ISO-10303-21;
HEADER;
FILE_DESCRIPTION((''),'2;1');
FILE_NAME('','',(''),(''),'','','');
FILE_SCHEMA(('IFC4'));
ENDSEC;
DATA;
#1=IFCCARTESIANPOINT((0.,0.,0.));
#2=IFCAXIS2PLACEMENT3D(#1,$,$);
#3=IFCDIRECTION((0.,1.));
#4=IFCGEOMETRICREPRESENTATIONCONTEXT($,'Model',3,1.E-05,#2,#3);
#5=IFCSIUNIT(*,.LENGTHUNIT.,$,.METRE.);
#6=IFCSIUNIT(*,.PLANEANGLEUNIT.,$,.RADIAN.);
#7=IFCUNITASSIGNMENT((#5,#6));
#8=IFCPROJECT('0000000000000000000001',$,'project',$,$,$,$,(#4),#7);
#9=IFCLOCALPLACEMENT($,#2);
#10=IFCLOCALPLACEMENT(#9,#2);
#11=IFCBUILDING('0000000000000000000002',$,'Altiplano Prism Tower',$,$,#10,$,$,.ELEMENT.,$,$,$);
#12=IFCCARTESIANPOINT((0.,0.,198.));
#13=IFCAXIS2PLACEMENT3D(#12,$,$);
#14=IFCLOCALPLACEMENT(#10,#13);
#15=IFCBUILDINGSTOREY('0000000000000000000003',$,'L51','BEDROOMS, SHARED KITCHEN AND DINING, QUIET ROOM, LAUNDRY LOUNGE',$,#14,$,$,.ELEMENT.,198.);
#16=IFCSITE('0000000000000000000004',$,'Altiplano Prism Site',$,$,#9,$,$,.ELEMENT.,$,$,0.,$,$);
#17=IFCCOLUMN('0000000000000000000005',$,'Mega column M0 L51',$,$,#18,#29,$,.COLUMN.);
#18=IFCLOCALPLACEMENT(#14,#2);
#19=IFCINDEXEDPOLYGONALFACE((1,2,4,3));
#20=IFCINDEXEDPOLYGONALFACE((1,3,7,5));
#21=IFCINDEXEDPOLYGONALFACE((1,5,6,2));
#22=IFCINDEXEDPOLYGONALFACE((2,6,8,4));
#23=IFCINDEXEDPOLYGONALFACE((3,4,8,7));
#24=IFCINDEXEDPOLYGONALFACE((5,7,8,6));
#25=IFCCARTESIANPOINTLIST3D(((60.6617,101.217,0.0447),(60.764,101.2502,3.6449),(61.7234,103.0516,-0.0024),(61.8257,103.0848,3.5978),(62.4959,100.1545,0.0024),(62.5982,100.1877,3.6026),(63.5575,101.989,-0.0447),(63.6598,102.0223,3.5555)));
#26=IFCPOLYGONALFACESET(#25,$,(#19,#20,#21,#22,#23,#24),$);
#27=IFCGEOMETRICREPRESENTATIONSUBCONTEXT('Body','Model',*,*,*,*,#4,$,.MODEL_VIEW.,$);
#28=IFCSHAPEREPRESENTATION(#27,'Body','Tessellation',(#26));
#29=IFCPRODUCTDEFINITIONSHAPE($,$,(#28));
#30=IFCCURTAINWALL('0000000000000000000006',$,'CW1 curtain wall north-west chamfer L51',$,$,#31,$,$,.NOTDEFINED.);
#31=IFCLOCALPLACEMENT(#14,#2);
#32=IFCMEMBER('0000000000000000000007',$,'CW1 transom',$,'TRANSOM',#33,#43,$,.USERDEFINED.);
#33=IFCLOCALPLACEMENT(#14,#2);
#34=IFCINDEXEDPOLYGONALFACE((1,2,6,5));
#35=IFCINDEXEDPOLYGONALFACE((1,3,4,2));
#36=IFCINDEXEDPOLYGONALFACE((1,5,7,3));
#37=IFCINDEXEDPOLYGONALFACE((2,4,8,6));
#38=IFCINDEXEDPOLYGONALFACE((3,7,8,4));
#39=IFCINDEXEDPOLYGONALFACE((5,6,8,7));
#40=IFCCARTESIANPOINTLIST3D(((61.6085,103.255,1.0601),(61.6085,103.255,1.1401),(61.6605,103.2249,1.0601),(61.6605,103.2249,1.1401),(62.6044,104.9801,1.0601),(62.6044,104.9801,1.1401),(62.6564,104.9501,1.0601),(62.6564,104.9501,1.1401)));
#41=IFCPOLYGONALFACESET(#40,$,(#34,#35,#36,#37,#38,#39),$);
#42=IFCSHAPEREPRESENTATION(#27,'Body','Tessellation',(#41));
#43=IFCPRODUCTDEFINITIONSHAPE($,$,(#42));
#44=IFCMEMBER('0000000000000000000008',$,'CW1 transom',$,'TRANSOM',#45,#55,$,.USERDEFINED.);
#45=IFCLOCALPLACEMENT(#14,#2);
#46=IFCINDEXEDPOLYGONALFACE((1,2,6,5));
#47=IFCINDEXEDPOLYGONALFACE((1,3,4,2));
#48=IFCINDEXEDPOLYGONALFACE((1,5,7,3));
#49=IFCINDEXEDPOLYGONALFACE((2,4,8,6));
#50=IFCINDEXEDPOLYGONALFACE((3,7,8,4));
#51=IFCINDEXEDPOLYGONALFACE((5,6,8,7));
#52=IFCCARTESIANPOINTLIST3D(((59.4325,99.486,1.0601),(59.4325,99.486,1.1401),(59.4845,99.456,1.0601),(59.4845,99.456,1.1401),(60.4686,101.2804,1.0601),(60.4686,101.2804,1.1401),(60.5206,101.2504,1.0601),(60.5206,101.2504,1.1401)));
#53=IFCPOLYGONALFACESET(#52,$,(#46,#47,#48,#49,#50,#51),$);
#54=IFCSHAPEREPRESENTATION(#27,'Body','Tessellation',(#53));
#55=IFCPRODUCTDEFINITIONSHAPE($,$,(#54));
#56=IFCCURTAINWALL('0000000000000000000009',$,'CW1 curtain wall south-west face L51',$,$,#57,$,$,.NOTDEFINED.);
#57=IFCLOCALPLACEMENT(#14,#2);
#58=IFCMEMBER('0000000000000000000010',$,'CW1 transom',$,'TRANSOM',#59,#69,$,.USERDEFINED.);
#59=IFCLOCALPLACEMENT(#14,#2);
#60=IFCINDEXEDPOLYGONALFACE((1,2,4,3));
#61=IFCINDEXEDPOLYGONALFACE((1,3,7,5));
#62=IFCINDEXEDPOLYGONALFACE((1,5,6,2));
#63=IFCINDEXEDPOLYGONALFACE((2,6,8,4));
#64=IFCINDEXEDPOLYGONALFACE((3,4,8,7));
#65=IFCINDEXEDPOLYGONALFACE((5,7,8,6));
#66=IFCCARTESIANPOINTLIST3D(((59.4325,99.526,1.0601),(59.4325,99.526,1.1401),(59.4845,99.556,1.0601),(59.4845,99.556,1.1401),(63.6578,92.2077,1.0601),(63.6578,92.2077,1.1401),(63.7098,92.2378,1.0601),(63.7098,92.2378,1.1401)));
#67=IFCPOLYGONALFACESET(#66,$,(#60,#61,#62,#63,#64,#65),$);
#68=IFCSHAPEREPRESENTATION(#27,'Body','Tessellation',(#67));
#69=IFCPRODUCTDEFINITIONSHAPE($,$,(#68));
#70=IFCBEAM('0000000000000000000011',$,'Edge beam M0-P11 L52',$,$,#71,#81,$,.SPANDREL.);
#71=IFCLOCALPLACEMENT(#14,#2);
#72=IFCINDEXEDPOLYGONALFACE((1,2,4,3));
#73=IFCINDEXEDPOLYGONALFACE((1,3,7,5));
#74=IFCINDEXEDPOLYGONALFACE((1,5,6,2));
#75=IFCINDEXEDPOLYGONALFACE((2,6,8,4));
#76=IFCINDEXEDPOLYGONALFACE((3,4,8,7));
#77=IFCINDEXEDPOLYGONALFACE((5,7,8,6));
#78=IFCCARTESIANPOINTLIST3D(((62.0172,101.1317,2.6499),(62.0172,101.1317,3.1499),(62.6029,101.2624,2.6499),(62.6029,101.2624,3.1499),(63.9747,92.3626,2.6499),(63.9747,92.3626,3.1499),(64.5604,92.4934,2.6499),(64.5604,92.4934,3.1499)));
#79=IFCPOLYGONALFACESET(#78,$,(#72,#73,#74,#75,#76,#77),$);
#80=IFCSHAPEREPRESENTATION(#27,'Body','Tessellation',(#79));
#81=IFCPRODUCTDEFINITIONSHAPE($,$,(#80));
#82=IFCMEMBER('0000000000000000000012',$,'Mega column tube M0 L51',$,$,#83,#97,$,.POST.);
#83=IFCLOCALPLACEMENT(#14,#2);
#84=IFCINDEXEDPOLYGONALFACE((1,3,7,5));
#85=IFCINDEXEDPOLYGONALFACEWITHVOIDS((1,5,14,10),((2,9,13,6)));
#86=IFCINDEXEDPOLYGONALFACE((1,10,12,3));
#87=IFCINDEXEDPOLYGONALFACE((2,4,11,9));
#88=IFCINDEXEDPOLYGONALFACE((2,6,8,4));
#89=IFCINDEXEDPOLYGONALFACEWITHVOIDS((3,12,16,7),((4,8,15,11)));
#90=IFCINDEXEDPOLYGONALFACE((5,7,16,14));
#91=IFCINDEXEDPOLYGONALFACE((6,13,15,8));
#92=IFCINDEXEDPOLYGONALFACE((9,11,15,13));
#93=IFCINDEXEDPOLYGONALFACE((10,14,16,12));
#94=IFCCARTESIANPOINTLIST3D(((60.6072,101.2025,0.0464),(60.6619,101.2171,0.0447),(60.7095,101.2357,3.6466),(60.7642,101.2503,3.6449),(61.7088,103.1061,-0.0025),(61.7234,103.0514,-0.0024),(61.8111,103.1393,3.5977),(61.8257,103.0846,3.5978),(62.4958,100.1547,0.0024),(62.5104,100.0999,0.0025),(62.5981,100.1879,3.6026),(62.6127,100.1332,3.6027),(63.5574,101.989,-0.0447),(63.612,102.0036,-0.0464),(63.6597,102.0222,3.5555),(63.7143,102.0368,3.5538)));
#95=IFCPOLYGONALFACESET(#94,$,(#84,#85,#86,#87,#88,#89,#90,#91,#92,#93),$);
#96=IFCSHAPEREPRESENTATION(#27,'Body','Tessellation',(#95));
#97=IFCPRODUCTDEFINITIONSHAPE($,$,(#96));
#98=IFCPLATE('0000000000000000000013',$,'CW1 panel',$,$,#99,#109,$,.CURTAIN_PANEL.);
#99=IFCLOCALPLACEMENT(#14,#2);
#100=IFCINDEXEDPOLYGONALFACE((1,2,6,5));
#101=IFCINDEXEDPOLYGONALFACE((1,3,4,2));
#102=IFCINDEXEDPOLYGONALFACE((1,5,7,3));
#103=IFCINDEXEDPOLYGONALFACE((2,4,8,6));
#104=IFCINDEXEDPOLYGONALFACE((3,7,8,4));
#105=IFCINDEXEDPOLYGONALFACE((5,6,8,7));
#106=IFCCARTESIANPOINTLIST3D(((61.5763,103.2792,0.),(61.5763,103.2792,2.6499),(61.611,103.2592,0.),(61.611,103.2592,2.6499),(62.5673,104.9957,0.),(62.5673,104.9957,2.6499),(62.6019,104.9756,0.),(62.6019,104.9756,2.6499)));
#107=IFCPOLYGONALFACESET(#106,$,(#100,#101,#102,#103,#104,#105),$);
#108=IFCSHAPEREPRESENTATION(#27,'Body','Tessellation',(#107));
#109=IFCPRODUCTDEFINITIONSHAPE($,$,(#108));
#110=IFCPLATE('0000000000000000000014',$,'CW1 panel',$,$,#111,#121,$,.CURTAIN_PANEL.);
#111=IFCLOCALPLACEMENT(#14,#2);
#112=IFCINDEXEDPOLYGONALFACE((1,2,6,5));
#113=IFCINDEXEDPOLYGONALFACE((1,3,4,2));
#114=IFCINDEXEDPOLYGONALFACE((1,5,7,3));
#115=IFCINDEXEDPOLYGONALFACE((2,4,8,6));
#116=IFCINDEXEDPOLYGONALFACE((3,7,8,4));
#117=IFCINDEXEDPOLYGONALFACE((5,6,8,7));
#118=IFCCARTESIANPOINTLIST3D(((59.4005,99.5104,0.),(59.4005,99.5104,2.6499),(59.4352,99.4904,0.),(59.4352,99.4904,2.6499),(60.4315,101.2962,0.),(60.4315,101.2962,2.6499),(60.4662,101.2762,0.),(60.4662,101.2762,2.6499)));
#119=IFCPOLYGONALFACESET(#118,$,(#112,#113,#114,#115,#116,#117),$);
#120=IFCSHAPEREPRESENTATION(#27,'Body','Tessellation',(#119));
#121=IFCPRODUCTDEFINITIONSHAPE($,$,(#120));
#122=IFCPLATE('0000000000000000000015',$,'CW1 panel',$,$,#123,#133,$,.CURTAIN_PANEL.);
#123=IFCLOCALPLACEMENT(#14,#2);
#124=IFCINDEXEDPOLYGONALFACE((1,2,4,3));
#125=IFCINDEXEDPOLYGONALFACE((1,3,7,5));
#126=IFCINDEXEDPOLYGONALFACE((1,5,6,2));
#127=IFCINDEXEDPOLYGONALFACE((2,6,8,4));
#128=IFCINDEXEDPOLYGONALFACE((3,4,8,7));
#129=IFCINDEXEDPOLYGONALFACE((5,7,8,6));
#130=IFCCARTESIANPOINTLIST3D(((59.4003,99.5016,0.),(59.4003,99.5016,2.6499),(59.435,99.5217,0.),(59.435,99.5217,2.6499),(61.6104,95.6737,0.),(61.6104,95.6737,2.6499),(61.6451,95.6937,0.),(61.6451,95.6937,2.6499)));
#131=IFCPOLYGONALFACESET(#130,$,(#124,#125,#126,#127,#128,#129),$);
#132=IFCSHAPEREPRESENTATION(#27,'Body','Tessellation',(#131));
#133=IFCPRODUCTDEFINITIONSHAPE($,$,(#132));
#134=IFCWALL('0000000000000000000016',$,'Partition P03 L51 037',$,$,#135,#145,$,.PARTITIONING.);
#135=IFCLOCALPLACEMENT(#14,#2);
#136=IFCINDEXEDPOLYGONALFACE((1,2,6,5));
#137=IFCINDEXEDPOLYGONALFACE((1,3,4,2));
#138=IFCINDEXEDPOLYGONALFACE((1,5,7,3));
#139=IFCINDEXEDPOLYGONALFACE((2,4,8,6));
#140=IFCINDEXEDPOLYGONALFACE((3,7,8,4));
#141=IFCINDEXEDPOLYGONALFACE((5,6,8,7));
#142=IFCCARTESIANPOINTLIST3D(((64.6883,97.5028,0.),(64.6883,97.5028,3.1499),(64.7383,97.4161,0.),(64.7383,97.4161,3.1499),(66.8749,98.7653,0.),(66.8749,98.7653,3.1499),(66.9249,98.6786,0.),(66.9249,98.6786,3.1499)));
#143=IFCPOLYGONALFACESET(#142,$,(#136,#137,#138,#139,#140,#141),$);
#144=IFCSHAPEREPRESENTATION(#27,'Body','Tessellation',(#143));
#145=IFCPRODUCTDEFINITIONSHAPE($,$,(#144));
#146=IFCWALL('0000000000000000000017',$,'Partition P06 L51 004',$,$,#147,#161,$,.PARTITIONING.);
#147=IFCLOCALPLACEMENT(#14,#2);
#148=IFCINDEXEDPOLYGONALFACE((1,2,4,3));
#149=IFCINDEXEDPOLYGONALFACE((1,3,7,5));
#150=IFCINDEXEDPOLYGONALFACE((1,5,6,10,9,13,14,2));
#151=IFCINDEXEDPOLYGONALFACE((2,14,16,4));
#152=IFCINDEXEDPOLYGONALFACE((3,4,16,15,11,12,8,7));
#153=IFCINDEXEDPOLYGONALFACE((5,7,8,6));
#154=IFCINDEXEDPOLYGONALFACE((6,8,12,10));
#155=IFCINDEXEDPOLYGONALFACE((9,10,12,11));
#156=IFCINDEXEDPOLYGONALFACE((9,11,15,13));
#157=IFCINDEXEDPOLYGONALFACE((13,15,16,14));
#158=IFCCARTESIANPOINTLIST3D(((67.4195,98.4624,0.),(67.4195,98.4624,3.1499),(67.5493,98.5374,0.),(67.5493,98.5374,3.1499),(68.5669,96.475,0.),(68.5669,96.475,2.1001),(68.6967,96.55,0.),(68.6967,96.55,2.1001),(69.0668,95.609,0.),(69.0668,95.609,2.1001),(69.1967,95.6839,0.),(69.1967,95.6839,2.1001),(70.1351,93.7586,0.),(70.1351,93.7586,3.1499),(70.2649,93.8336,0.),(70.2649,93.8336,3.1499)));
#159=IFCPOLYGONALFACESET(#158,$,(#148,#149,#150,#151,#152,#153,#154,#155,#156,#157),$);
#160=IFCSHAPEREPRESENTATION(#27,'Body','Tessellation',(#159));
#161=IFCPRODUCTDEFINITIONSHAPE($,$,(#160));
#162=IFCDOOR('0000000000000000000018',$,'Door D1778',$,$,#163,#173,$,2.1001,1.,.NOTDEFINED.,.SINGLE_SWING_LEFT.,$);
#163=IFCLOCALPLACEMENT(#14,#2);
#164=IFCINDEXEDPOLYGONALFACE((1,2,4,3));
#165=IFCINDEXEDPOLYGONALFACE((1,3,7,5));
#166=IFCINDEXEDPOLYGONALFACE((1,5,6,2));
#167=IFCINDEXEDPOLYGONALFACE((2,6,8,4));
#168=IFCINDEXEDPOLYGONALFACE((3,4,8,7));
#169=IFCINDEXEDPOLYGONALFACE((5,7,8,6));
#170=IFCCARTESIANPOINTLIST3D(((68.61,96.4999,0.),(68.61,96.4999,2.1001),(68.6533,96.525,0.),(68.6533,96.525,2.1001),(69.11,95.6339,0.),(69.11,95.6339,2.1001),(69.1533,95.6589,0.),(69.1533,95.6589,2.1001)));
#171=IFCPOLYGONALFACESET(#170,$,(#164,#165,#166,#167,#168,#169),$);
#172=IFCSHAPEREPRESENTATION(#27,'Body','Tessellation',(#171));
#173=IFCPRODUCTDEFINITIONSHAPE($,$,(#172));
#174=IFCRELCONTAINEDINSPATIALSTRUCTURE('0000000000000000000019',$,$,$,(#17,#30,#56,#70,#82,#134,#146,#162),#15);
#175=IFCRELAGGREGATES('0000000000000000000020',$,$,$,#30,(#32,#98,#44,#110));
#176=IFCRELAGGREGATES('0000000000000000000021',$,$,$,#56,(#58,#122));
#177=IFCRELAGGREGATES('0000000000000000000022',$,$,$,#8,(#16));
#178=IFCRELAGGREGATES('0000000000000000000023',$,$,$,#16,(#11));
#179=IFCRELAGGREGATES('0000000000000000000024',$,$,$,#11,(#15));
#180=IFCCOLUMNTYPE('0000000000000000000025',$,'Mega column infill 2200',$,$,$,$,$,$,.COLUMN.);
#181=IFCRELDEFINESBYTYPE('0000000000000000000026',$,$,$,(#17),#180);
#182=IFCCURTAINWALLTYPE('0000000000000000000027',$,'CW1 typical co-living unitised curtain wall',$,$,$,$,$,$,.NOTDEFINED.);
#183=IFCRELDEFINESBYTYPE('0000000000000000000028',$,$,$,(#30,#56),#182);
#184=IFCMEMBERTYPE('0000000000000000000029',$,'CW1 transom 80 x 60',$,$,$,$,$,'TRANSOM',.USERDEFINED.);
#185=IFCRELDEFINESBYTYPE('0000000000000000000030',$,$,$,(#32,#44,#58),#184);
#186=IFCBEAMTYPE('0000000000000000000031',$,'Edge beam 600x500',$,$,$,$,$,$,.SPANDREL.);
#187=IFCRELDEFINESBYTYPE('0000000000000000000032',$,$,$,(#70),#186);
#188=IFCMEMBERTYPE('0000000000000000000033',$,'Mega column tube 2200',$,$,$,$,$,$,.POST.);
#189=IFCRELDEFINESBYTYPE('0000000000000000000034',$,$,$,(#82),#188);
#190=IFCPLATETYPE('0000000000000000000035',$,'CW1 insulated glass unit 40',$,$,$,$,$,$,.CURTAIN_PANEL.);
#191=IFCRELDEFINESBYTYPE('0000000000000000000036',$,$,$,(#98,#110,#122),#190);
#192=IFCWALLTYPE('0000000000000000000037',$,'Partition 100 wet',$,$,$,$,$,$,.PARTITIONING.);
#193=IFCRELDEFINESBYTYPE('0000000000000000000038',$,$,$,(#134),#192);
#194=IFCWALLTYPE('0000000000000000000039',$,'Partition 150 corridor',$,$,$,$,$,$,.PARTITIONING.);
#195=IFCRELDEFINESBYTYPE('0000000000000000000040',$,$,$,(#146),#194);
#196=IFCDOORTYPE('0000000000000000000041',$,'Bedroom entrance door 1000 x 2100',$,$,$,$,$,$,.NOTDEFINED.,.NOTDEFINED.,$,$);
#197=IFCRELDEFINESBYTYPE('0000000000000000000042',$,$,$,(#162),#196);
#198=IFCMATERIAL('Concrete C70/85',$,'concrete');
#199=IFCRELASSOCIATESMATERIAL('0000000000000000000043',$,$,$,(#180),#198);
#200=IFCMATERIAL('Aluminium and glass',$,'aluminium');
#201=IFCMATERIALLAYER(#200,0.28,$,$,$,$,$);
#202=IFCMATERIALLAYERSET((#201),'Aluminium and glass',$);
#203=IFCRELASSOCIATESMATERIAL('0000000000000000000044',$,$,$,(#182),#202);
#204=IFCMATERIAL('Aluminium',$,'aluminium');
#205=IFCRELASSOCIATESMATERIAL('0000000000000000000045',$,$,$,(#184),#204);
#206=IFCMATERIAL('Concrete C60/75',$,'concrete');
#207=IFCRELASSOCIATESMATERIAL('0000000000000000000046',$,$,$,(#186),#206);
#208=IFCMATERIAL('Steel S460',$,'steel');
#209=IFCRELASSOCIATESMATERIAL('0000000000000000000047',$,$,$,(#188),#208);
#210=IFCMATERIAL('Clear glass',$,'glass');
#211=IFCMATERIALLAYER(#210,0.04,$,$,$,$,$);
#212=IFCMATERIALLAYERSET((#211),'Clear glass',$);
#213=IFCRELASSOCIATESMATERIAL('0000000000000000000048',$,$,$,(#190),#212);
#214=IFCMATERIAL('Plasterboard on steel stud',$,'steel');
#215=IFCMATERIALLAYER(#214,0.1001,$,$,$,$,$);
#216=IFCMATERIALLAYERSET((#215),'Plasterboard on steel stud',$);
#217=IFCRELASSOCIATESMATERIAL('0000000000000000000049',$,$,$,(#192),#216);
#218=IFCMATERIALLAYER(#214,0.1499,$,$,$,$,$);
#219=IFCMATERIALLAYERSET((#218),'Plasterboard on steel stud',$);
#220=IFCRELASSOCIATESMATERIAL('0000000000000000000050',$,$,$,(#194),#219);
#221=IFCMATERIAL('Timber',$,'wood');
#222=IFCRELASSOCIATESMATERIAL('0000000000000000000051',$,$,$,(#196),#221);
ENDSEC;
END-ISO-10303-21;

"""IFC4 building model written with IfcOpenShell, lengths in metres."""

from ifc_helpers import new_model, si_unit, direction, frame, frame_2d, origin, origin_2d, place, context, subcontext, project, spatial, rectangle, hollow_rectangle, extrude, material, layer, layer_set, material_profile, profile_set, type_object, element, fill, aggregate, save


model = new_model("IFC4")

# Units and contexts
model_context = context("Model", 3, precision=1e-05, world=origin(), true_north=direction((0.0, 1.0)))
body_context = subcontext(model_context, "Body", "Model", "MODEL_VIEW")
ifc_project = project(units=[si_unit("LENGTHUNIT", "METRE"), si_unit("PLANEANGLEUNIT", "RADIAN")], contexts=[model_context])

# Site, building, storey
site_placement = place(None, origin())
site = spatial("IfcSite", under=ifc_project, at=site_placement, Name="Altiplano Prism Site", CompositionType="ELEMENT", RefElevation=0.0)
building_placement = place(site_placement, origin())
building = spatial("IfcBuilding", under=site, at=building_placement, Name="Altiplano Prism Tower", CompositionType="ELEMENT")
storey_placement = place(building_placement, frame((0.0, 0.0, 198.0)))
storey = spatial("IfcBuildingStorey", under=building, at=storey_placement, Name="L51", Description="BEDROOMS, SHARED KITCHEN AND DINING, QUIET ROOM, LAUNDRY LOUNGE", CompositionType="ELEMENT", Elevation=198.0)

# Column
ifc_material_1 = material(Name="Concrete C70/85", Category="concrete")
ifc_material_profile_1 = material_profile(ifc_material_1, rectangle(XDim=2.1201, YDim=2.1201, at=origin_2d()), Name="Mega column infill 2200")
ifc_profile_set_1 = profile_set([ifc_material_profile_1], Name="Concrete C70/85")
column_type = type_object("IfcColumnType", Name="Mega column infill 2200", PredefinedType="COLUMN", material=ifc_profile_set_1)
column_placement = place(storey_placement, frame((62.1096, 101.603, 0.0), z_axis=(0.028402, 0.009219, 0.999554), x_axis=(-0.865126, 0.501157, 0.01996)))
element("IfcColumn", 1, at=column_placement, inside=storey, type_object=column_type, Name="Mega column M0 L51", PredefinedType="COLUMN", context=body_context, shape_type="SweptSolid", body=[
    extrude(rectangle(XDim=2.1201, YDim=2.1201, at=origin_2d()), origin(), (0.0, 0.0, 1.0), 3.6018),
])

# Curtain wall, members
ifc_material_2 = material(Name="Aluminium and glass", Category="aluminium")
ifc_layer_1 = layer(ifc_material_2, 0.28)
ifc_layer_set_1 = layer_set([ifc_layer_1], Name="Aluminium and glass")
curtain_wall_type = type_object("IfcCurtainWallType", Name="CW1 typical co-living unitised curtain wall", PredefinedType="NOTDEFINED", material=ifc_layer_set_1)
curtain_wall_1_placement = place(storey_placement, origin())
curtain_wall_1 = element("IfcCurtainWall", 2, at=curtain_wall_1_placement, inside=storey, type_object=curtain_wall_type, Name="CW1 curtain wall north-west chamfer L51", PredefinedType="NOTDEFINED")
ifc_material_3 = material(Name="Aluminium", Category="aluminium")
ifc_material_profile_2 = material_profile(ifc_material_3, rectangle(XDim=0.0601, YDim=0.0801, at=origin_2d()), Name="CW1 transom 80 x 60")
ifc_profile_set_2 = profile_set([ifc_material_profile_2], Name="Aluminium")
member_type_1 = type_object("IfcMemberType", Name="CW1 transom 80 x 60", ElementType="TRANSOM", PredefinedType="USERDEFINED", material=ifc_profile_set_2)
member_1_placement = place(storey_placement, frame((62.6304, 104.9651, 1.1001), z_axis=(-0.499949, -0.866055, 0.0), x_axis=(0.866055, -0.499949, 0.0)))
member_1 = element("IfcMember", 3, at=member_1_placement, type_object=member_type_1, Name="CW1 transom", ObjectType="TRANSOM", PredefinedType="USERDEFINED", context=body_context, shape_type="SweptSolid", body=[
    extrude(rectangle(XDim=0.0601, YDim=0.0801, at=origin_2d()), origin(), (0.0, 0.0, 1.0), 1.9919),
])
member_2_placement = place(storey_placement, frame((60.4946, 101.2654, 1.1001), z_axis=(-0.500042, -0.866001, 0.0), x_axis=(0.866001, -0.500042, 0.0)))
member_2 = element("IfcMember", 4, at=member_2_placement, type_object=member_type_1, Name="CW1 transom", ObjectType="TRANSOM", PredefinedType="USERDEFINED", context=body_context, shape_type="SweptSolid", body=[
    extrude(rectangle(XDim=0.0601, YDim=0.0801, at=origin_2d()), origin(), (0.0, 0.0, 1.0), 2.072),
])

# Curtain wall, member
curtain_wall_2_placement = place(storey_placement, origin())
curtain_wall_2 = element("IfcCurtainWall", 5, at=curtain_wall_2_placement, inside=storey, type_object=curtain_wall_type, Name="CW1 curtain wall south-west face L51", PredefinedType="NOTDEFINED")
member_3_placement = place(storey_placement, frame((59.4585, 99.541, 1.1001), z_axis=(0.500008, -0.866021, 0.0), x_axis=(0.866021, 0.500008, 0.0)))
member_3 = element("IfcMember", 6, at=member_3_placement, type_object=member_type_1, Name="CW1 transom", ObjectType="TRANSOM", PredefinedType="USERDEFINED", context=body_context, shape_type="SweptSolid", body=[
    extrude(rectangle(XDim=0.0601, YDim=0.0801, at=origin_2d()), origin(), (0.0, 0.0, 1.0), 8.4504),
])

# Beam
ifc_material_4 = material(Name="Concrete C60/75", Category="concrete")
ifc_material_profile_3 = material_profile(ifc_material_4, rectangle(XDim=0.6001, YDim=0.5, at=origin_2d()), Name="Edge beam 600x500")
ifc_profile_set_3 = profile_set([ifc_material_profile_3], Name="Concrete C60/75")
beam_type = type_object("IfcBeamType", Name="Edge beam 600x500", PredefinedType="SPANDREL", material=ifc_profile_set_3)
beam_placement = place(storey_placement, frame((62.3101, 101.197, 2.8999), z_axis=(0.217868, -0.975978, 0.0), x_axis=(0.975978, 0.217868, 0.0)))
element("IfcBeam", 7, at=beam_placement, inside=storey, type_object=beam_type, Name="Edge beam M0-P11 L52", PredefinedType="SPANDREL", context=body_context, shape_type="SweptSolid", body=[
    extrude(rectangle(XDim=0.6001, YDim=0.5, at=origin_2d()), origin(), (0.0, 0.0, 1.0), 8.9849),
])

# Member
ifc_material_5 = material(Name="Steel S460", Category="steel")
ifc_material_profile_4 = material_profile(ifc_material_5, hollow_rectangle(XDim=2.2, YDim=2.2, WallThickness=0.04, at=origin_2d()), Name="Mega column tube 2200")
ifc_profile_set_4 = profile_set([ifc_material_profile_4], Name="Steel S460")
member_type_2 = type_object("IfcMemberType", Name="Mega column tube 2200", PredefinedType="POST", material=ifc_profile_set_4)
member_4_placement = place(storey_placement, frame((62.1096, 101.603, 0.0), z_axis=(0.028402, 0.009219, 0.999554), x_axis=(-0.865126, 0.501157, 0.01996)))
element("IfcMember", 8, at=member_4_placement, inside=storey, type_object=member_type_2, Name="Mega column tube M0 L51", PredefinedType="POST", context=body_context, shape_type="SweptSolid", body=[
    extrude(hollow_rectangle(XDim=2.2, YDim=2.2, WallThickness=0.04, at=origin_2d()), origin(), (0.0, 0.0, 1.0), 3.6018),
])

# Plates
ifc_material_6 = material(Name="Clear glass", Category="glass")
ifc_layer_2 = layer(ifc_material_6, 0.04)
ifc_layer_set_2 = layer_set([ifc_layer_2], Name="Clear glass")
plate_type = type_object("IfcPlateType", Name="CW1 insulated glass unit 40", PredefinedType="CURTAIN_PANEL", material=ifc_layer_set_2)
plate_1_placement = place(storey_placement, frame((62.0891, 104.1274, 0.0), z_axis=(0.0, 0.0, 1.0), x_axis=(-0.5, -0.866025, 0.0)))
plate_1 = element("IfcPlate", 9, at=plate_1_placement, type_object=plate_type, Name="CW1 panel", PredefinedType="CURTAIN_PANEL", context=body_context, shape_type="SweptSolid", body=[
    extrude(rectangle(XDim=1.9819, YDim=0.04, at=origin_2d()), origin(), (0.0, 0.0, 1.0), 2.6499),
])
plate_2_placement = place(storey_placement, frame((59.9333, 100.3933, 0.0), z_axis=(0.0, 0.0, 1.0), x_axis=(-0.5, -0.866025, 0.0)))
plate_2 = element("IfcPlate", 10, at=plate_2_placement, type_object=plate_type, Name="CW1 panel", PredefinedType="CURTAIN_PANEL", context=body_context, shape_type="SweptSolid", body=[
    extrude(rectangle(XDim=2.062, YDim=0.04, at=origin_2d()), origin(), (0.0, 0.0, 1.0), 2.6499),
])
aggregate(curtain_wall_1, [member_1, plate_1, member_2, plate_2])
plate_3_placement = place(storey_placement, frame((60.5227, 97.5977, 0.0), z_axis=(0.0, 0.0, 1.0), x_axis=(0.5, -0.866025, 0.0)))
plate_3 = element("IfcPlate", 11, at=plate_3_placement, type_object=plate_type, Name="CW1 panel", PredefinedType="CURTAIN_PANEL", context=body_context, shape_type="SweptSolid", body=[
    extrude(rectangle(XDim=4.4202, YDim=0.04, at=origin_2d()), origin(), (0.0, 0.0, 1.0), 2.6499),
])
aggregate(curtain_wall_2, [member_3, plate_3])

# Wall
ifc_material_7 = material(Name="Plasterboard on steel stud", Category="steel")
ifc_layer_3 = layer(ifc_material_7, 0.1001)
ifc_layer_set_3 = layer_set([ifc_layer_3], Name="Plasterboard on steel stud")
wall_type_1 = type_object("IfcWallType", Name="Partition 100 wet", PredefinedType="PARTITIONING", material=ifc_layer_set_3)
wall_1_placement = place(storey_placement, frame((66.8999, 98.7219, 0.0), z_axis=(0.0, 0.0, 1.0), x_axis=(-0.866015, -0.500018, 0.0)))
element("IfcWall", 12, at=wall_1_placement, inside=storey, type_object=wall_type_1, Name="Partition P03 L51 037", PredefinedType="PARTITIONING", context=body_context, shape_type="SweptSolid", body=[
    extrude(rectangle(XDim=2.5249, YDim=0.1001, at=frame_2d((1.2625, 0.0))), origin(), (0.0, 0.0, 1.0), 3.1499),
])

# Wall, opening, door
ifc_layer_4 = layer(ifc_material_7, 0.1499)
ifc_layer_set_4 = layer_set([ifc_layer_4], Name="Plasterboard on steel stud")
wall_type_2 = type_object("IfcWallType", Name="Partition 150 corridor", PredefinedType="PARTITIONING", material=ifc_layer_set_4)
wall_2_placement = place(storey_placement, frame((67.4844, 98.5, 0.0), z_axis=(0.0, 0.0, 1.0), x_axis=(0.499973, -0.866041, 0.0)))
wall_2 = element("IfcWall", 13, at=wall_2_placement, inside=storey, type_object=wall_type_2, Name="Partition P06 L51 004", PredefinedType="PARTITIONING", context=body_context, shape_type="SweptSolid", body=[
    extrude(rectangle(XDim=5.4314, YDim=0.1499, at=frame_2d((2.7158, 0.0))), origin(), (0.0, 0.0, 1.0), 3.1499),
])
opening_1_placement = place(wall_2_placement, frame((2.2949, 0.0, 0.0)))
opening_1 = element("IfcOpeningElement", 14, at=opening_1_placement, cuts=wall_2, PredefinedType="OPENING", context=body_context, shape_type="SweptSolid", body=[
    extrude(rectangle(XDim=1.0, YDim=2.1001, at=frame_2d((0.5, 1.05))), frame((0.0, 0.0854, 0.0), z_axis=(0.0, -1.0, 0.0), x_axis=(1.0, 0.0, 0.0)), (0.0, 0.0, 1.0), 0.1709),
])
ifc_material_8 = material(Name="Timber", Category="wood")
door_type_1 = type_object("IfcDoorType", Name="Bedroom entrance door 1000 x 2100", OperationType="NOTDEFINED", PredefinedType="NOTDEFINED", material=ifc_material_8)
door_1_placement = place(opening_1_placement, origin())
door_1 = element("IfcDoor", 15, at=door_1_placement, inside=storey, type_object=door_type_1, Name="Door D1778", OperationType="SINGLE_SWING_LEFT", OverallHeight=2.1001, OverallWidth=1.0, PredefinedType="NOTDEFINED", context=body_context, shape_type="SweptSolid", body=[
    extrude(rectangle(XDim=1.0, YDim=2.1001, at=frame_2d((0.5, 1.05))), frame((0.0, 0.0249, 0.0), z_axis=(0.0, -1.0, 0.0), x_axis=(1.0, 0.0, 0.0)), (0.0, 0.0, 1.0), 0.05),
])
fill(opening_1, door_1)

save(model, "model.ifc")
